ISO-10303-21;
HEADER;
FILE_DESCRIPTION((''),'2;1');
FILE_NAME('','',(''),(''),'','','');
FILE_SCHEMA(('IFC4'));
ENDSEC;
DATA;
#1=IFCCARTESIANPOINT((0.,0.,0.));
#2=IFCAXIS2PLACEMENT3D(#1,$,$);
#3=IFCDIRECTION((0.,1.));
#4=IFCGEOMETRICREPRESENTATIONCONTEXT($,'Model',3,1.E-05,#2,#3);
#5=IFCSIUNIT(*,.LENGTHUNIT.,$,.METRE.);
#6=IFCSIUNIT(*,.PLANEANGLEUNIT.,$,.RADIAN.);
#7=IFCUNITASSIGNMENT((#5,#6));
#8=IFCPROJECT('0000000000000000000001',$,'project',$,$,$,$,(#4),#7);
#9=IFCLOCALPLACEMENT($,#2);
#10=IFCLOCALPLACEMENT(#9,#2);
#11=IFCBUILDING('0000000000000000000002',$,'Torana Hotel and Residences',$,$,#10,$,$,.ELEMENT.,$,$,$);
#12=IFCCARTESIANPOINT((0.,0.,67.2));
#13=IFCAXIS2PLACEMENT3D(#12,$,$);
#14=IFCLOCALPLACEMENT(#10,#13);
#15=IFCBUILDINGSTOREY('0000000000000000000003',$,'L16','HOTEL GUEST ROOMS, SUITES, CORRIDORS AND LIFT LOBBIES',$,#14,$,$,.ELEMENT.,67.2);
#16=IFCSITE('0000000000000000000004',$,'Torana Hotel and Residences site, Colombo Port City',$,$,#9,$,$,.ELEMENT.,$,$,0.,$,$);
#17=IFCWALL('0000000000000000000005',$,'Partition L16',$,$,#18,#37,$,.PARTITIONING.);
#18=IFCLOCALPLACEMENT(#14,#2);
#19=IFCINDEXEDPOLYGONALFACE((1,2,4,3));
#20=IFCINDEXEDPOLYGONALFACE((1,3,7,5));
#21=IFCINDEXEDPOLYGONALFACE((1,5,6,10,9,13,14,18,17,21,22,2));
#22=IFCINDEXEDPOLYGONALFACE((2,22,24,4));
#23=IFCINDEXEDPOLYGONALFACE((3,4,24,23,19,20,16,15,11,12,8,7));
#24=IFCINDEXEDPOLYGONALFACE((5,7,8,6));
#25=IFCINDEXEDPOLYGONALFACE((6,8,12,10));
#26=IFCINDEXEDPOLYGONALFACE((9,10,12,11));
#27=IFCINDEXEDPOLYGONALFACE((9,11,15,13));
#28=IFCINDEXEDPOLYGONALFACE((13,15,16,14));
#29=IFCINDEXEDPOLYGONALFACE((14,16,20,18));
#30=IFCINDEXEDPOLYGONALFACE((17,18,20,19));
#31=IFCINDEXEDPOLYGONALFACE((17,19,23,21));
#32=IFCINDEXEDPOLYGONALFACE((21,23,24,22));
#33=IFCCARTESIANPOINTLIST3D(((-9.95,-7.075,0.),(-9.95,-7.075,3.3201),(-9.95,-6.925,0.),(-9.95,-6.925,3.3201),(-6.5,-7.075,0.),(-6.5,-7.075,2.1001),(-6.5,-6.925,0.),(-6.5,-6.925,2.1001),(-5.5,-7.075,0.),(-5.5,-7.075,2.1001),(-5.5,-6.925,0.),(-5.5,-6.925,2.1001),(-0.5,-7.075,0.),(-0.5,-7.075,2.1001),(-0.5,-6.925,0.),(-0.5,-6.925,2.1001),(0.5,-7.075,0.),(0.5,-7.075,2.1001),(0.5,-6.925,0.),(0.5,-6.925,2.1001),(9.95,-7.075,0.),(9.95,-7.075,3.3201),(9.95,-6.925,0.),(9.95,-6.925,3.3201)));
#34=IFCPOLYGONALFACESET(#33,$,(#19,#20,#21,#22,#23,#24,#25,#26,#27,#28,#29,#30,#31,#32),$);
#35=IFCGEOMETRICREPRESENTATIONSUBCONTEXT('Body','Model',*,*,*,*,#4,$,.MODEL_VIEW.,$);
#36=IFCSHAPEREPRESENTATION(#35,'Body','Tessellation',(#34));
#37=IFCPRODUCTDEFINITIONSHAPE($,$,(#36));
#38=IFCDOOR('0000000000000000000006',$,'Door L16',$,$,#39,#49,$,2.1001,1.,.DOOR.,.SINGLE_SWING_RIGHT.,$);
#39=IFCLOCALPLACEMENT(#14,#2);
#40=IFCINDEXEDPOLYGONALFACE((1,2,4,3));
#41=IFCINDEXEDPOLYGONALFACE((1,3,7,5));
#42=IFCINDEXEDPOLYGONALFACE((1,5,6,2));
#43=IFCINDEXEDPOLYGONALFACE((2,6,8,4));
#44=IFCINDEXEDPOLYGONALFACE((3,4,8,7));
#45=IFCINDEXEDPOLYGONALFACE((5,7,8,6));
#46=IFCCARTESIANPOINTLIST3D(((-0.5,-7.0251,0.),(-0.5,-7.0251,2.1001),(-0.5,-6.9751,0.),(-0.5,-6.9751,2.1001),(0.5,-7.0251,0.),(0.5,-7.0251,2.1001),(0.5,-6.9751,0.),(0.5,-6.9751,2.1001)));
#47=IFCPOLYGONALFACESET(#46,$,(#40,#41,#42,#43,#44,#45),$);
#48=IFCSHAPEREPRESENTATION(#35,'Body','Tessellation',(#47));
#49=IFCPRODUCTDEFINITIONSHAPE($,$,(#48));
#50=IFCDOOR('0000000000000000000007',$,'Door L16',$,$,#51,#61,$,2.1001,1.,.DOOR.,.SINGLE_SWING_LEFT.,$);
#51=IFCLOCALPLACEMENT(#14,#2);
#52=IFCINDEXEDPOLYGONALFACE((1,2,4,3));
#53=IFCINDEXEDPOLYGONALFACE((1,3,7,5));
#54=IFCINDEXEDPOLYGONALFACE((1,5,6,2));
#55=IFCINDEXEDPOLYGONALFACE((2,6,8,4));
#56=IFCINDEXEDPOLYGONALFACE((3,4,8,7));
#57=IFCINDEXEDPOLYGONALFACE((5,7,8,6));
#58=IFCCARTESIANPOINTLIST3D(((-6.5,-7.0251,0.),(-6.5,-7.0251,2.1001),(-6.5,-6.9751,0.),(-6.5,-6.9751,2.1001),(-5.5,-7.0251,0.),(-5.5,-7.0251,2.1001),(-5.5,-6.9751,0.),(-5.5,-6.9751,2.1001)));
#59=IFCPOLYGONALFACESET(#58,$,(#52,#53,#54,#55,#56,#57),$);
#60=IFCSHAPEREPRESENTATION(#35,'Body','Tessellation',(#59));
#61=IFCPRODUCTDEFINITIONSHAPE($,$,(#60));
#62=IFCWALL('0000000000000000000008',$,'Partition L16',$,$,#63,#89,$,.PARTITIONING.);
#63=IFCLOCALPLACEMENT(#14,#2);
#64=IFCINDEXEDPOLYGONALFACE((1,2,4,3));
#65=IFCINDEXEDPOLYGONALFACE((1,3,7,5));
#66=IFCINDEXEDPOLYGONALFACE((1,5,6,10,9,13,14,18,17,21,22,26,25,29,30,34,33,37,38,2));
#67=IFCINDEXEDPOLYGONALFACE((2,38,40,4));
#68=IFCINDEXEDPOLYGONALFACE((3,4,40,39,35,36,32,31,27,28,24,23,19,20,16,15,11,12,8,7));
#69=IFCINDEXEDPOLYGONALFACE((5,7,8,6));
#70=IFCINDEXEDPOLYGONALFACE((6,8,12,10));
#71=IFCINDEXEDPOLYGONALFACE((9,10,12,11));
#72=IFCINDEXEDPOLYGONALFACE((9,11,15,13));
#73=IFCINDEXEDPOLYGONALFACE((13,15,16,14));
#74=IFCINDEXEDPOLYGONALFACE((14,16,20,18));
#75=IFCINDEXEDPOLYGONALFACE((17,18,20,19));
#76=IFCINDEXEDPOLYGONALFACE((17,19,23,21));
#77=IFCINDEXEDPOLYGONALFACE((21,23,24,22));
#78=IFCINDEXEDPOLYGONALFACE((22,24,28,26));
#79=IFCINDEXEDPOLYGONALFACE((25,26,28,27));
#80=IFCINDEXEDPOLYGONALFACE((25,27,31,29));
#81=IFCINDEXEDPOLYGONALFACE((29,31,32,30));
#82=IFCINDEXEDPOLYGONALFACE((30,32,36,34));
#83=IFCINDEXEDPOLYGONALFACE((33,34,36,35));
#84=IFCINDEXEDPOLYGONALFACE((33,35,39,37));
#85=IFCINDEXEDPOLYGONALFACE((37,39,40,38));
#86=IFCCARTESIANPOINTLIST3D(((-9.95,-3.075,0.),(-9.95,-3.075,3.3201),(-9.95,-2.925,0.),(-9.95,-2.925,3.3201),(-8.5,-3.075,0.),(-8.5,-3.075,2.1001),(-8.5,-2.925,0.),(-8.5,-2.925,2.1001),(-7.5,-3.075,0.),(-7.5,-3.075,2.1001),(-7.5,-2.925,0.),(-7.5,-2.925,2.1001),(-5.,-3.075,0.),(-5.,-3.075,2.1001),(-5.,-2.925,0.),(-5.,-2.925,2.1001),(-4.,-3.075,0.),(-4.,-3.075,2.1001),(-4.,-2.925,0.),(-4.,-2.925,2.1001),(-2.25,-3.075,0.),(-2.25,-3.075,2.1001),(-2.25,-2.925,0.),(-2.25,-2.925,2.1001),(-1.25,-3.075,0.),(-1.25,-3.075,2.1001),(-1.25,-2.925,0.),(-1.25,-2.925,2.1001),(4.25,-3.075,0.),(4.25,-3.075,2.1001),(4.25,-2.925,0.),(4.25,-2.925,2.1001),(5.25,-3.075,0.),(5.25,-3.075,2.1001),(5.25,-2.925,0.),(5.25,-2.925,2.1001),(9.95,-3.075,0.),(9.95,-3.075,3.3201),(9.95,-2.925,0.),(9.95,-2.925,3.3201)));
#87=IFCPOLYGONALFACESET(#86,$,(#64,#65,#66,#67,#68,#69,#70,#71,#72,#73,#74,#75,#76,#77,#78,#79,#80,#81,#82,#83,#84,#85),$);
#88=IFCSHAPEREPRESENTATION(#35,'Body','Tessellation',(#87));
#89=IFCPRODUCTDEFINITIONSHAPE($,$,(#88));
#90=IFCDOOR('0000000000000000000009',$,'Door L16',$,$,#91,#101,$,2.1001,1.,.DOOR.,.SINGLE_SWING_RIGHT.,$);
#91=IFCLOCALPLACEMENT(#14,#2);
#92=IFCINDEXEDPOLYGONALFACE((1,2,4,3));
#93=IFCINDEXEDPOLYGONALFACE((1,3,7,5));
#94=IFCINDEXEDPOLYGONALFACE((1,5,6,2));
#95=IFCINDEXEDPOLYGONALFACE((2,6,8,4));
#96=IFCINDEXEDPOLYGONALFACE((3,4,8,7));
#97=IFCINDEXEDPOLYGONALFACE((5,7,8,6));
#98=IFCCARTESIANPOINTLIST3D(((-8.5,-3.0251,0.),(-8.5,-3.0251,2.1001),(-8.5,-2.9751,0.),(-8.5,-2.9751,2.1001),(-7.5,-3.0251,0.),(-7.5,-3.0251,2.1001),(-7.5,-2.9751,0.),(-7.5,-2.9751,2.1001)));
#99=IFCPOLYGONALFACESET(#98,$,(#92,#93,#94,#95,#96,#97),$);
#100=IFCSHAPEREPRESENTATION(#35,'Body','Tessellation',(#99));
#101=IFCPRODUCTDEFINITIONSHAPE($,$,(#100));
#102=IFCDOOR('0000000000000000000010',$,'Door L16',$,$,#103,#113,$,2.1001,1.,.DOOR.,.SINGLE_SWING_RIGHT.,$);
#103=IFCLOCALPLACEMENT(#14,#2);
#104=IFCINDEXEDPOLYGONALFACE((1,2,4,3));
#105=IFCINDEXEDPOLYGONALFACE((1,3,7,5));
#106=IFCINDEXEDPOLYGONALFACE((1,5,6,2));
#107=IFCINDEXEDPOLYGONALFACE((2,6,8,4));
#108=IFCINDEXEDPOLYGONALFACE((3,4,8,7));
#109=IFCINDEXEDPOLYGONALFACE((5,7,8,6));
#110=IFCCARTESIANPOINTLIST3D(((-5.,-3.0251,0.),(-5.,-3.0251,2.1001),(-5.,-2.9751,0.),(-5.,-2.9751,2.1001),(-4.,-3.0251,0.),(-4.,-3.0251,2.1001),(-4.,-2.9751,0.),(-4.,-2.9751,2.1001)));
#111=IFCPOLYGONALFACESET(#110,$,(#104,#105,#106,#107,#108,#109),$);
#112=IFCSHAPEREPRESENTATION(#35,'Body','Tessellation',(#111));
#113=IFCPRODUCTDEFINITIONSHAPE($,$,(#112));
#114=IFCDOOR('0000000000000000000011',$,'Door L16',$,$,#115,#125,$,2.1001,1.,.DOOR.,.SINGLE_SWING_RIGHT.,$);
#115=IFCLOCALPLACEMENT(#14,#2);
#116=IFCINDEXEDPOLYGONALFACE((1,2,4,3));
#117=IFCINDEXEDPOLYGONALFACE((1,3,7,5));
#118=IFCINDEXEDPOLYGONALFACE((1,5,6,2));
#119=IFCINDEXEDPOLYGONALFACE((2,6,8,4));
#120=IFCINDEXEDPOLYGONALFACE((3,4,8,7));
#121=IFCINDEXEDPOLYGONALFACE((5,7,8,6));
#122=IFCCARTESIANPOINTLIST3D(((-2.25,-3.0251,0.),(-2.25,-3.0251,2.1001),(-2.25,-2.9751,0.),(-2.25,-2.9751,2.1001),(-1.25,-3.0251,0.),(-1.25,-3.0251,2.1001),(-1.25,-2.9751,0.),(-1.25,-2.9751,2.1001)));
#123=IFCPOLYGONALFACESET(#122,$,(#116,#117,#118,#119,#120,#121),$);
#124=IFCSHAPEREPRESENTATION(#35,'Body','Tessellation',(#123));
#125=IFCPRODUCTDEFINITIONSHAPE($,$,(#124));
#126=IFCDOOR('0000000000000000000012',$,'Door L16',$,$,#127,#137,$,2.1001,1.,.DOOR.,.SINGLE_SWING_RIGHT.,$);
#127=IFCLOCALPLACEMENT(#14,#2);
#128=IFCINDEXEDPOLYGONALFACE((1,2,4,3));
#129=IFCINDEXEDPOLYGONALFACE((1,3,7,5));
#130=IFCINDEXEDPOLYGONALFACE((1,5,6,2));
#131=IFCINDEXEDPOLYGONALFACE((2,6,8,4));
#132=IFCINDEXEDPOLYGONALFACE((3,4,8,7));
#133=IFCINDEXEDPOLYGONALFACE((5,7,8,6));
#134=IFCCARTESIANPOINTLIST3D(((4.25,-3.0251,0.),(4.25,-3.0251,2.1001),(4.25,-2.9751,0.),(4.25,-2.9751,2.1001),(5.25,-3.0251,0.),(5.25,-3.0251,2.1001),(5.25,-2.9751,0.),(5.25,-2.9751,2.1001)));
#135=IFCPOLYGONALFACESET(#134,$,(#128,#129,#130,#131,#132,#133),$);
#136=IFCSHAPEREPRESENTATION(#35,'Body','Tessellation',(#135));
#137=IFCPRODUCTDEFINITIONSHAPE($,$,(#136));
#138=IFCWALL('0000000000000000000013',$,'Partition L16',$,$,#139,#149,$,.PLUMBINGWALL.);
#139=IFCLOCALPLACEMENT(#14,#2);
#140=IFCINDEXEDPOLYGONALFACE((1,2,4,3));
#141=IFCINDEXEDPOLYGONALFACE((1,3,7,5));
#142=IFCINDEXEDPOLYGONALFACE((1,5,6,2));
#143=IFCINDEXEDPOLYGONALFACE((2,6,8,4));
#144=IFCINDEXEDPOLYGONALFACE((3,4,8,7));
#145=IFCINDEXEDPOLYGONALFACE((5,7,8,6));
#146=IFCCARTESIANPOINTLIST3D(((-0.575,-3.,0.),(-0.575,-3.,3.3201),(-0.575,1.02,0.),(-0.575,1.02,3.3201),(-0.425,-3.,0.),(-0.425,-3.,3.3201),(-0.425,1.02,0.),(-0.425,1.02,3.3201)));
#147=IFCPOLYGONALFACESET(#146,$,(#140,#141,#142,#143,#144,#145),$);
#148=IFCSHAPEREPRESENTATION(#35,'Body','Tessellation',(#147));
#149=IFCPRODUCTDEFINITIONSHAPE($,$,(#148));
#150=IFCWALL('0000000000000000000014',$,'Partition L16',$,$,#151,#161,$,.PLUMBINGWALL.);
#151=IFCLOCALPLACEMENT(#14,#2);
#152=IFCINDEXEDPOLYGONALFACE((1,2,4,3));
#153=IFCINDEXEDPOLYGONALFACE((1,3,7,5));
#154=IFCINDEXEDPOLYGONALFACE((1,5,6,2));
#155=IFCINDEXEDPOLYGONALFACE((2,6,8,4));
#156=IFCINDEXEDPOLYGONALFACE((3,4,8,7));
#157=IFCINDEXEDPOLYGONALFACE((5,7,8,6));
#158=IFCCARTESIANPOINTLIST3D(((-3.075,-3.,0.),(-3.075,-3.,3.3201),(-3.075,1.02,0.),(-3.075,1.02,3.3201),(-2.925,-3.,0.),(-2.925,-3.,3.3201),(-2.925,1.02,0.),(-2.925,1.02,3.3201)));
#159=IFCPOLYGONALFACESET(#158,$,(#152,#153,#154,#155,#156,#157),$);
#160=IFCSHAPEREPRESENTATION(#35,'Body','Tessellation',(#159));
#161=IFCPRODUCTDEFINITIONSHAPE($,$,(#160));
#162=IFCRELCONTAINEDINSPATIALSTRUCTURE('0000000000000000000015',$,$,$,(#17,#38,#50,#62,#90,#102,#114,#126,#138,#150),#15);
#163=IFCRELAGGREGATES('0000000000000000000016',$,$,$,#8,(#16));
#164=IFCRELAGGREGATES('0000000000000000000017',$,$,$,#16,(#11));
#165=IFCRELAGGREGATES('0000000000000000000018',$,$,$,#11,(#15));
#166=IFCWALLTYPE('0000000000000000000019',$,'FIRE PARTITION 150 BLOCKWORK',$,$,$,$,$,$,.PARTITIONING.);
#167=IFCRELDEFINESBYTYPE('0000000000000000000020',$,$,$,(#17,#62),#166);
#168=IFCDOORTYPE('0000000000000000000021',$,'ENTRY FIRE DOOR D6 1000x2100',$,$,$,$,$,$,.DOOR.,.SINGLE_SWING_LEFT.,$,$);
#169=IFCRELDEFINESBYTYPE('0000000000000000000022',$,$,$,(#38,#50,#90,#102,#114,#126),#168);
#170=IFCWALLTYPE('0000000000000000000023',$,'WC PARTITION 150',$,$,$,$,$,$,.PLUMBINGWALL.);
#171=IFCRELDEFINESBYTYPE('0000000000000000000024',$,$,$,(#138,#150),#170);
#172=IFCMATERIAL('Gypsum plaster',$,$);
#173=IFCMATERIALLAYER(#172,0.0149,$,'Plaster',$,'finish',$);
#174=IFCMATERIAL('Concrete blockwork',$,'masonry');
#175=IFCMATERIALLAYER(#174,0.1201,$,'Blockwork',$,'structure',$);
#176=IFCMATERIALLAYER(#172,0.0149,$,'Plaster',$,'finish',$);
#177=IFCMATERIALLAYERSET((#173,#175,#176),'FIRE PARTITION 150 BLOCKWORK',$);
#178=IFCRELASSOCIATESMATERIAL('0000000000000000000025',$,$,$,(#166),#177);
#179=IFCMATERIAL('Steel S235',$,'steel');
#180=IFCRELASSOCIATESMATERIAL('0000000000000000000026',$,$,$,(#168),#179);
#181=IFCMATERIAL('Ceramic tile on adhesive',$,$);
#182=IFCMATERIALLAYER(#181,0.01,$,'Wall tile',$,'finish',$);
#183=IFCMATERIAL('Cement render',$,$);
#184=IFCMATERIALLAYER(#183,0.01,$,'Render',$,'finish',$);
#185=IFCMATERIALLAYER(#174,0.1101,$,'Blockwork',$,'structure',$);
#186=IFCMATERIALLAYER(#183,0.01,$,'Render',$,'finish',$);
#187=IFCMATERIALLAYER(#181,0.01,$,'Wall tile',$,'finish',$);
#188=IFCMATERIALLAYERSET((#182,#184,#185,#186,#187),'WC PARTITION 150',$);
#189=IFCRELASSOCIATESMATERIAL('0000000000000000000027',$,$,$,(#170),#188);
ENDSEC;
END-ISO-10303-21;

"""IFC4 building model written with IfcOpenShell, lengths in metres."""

from ifc_helpers import new_model, si_unit, direction, frame, frame_2d, origin, place, context, subcontext, project, spatial, rectangle, extrude, material, layer, layer_set, type_object, element, fill, save


model = new_model("IFC4")

# Units and contexts
model_context = context("Model", 3, precision=1e-05, world=origin(), true_north=direction((0.0, 1.0)))
body_context = subcontext(model_context, "Body", "Model", "MODEL_VIEW")
ifc_project = project(units=[si_unit("LENGTHUNIT", "METRE"), si_unit("PLANEANGLEUNIT", "RADIAN")], contexts=[model_context])

# Site, building, storey
site_placement = place(None, origin())
site = spatial("IfcSite", under=ifc_project, at=site_placement, Name="Torana Hotel and Residences site, Colombo Port City", CompositionType="ELEMENT", RefElevation=0.0)
building_placement = place(site_placement, origin())
building = spatial("IfcBuilding", under=site, at=building_placement, Name="Torana Hotel and Residences", CompositionType="ELEMENT")
storey_placement = place(building_placement, frame((0.0, 0.0, 67.2)))
storey = spatial("IfcBuildingStorey", under=building, at=storey_placement, Name="L16", Description="HOTEL GUEST ROOMS, SUITES, CORRIDORS AND LIFT LOBBIES", CompositionType="ELEMENT", Elevation=67.2)

# Shared definitions
ifc_material_1 = material(Name="Gypsum plaster")
ifc_layer_1 = layer(ifc_material_1, 0.0149, Name="Plaster", Category="finish")
ifc_material_2 = material(Name="Concrete blockwork", Category="masonry")
ifc_layer_2 = layer(ifc_material_2, 0.1201, Name="Blockwork", Category="structure")
ifc_layer_3 = layer(ifc_material_1, 0.0149, Name="Plaster", Category="finish")
ifc_layer_set_1 = layer_set([ifc_layer_1, ifc_layer_2, ifc_layer_3], Name="FIRE PARTITION 150 BLOCKWORK")
wall_type_1 = type_object("IfcWallType", Name="FIRE PARTITION 150 BLOCKWORK", PredefinedType="PARTITIONING", material=ifc_layer_set_1)

# Walls, openings, doors
wall_1_placement = place(storey_placement, frame((-9.95, -7.0, 0.0), z_axis=(0.0, 0.0, 1.0), x_axis=(1.0, 0.0, 0.0)))
wall_1 = element("IfcWall", 1, at=wall_1_placement, inside=storey, type_object=wall_type_1, Name="Partition L16", PredefinedType="PARTITIONING", context=body_context, shape_type="SweptSolid", body=[
    extrude(rectangle(XDim=19.8999, YDim=0.1499, at=frame_2d((9.95, 0.0))), origin(), (0.0, 0.0, 1.0), 3.3201),
])
opening_1_placement = place(wall_1_placement, frame((9.45, 0.0, 0.0)))
opening_1 = element("IfcOpeningElement", 2, at=opening_1_placement, cuts=wall_1, PredefinedType="OPENING", context=body_context, shape_type="SweptSolid", body=[
    extrude(rectangle(XDim=1.0, YDim=2.1001, at=frame_2d((0.5, 1.05))), frame((0.0, 0.085, 0.0), z_axis=(0.0, -1.0, 0.0), x_axis=(1.0, 0.0, 0.0)), (0.0, 0.0, 1.0), 0.1699),
])
opening_2_placement = place(wall_1_placement, frame((3.45, 0.0, 0.0)))
opening_2 = element("IfcOpeningElement", 3, at=opening_2_placement, cuts=wall_1, PredefinedType="OPENING", context=body_context, shape_type="SweptSolid", body=[
    extrude(rectangle(XDim=1.0, YDim=2.1001, at=frame_2d((0.5, 1.05))), frame((0.0, 0.085, 0.0), z_axis=(0.0, -1.0, 0.0), x_axis=(1.0, 0.0, 0.0)), (0.0, 0.0, 1.0), 0.1699),
])
ifc_material_3 = material(Name="Steel S235", Category="steel")
door_type = type_object("IfcDoorType", Name="ENTRY FIRE DOOR D6 1000x2100", OperationType="SINGLE_SWING_LEFT", PredefinedType="DOOR", material=ifc_material_3)
door_1_placement = place(opening_1_placement, origin())
door_1 = element("IfcDoor", 4, at=door_1_placement, inside=storey, type_object=door_type, Name="Door L16", OperationType="SINGLE_SWING_RIGHT", OverallHeight=2.1001, OverallWidth=1.0, PredefinedType="DOOR", context=body_context, shape_type="SweptSolid", body=[
    extrude(rectangle(XDim=1.0, YDim=2.1001, at=frame_2d((0.5, 1.05))), frame((0.0, 0.0249, 0.0), z_axis=(0.0, -1.0, 0.0), x_axis=(1.0, 0.0, 0.0)), (0.0, 0.0, 1.0), 0.05),
])
fill(opening_1, door_1)
door_2_placement = place(opening_2_placement, frame((0.5, 0.0, 0.0), z_axis=(0.0, 0.0, 1.0), x_axis=(-1.0, 0.0, 0.0)))
door_2 = element("IfcDoor", 5, at=door_2_placement, inside=storey, type_object=door_type, Name="Door L16", OperationType="SINGLE_SWING_LEFT", OverallHeight=2.1001, OverallWidth=1.0, PredefinedType="DOOR", context=body_context, shape_type="SweptSolid", body=[
    extrude(rectangle(XDim=1.0, YDim=2.1001, at=frame_2d((0.0, 1.05))), frame((0.0, -0.0249, 0.0), z_axis=(0.0, 1.0, 0.0), x_axis=(-1.0, 0.0, 0.0)), (0.0, 0.0, 1.0), 0.05),
])
fill(opening_2, door_2)
wall_2_placement = place(storey_placement, frame((-9.95, -3.0, 0.0), z_axis=(0.0, 0.0, 1.0), x_axis=(1.0, 0.0, 0.0)))
wall_2 = element("IfcWall", 6, at=wall_2_placement, inside=storey, type_object=wall_type_1, Name="Partition L16", PredefinedType="PARTITIONING", context=body_context, shape_type="SweptSolid", body=[
    extrude(rectangle(XDim=19.8999, YDim=0.1499, at=frame_2d((9.95, 0.0))), origin(), (0.0, 0.0, 1.0), 3.3201),
])
opening_3_placement = place(wall_2_placement, frame((1.45, 0.0, 0.0)))
opening_3 = element("IfcOpeningElement", 7, at=opening_3_placement, cuts=wall_2, PredefinedType="OPENING", context=body_context, shape_type="SweptSolid", body=[
    extrude(rectangle(XDim=1.0, YDim=2.1001, at=frame_2d((0.5, 1.05))), frame((0.0, 0.085, 0.0), z_axis=(0.0, -1.0, 0.0), x_axis=(1.0, 0.0, 0.0)), (0.0, 0.0, 1.0), 0.1699),
])
opening_4_placement = place(wall_2_placement, frame((4.95, 0.0, 0.0)))
opening_4 = element("IfcOpeningElement", 8, at=opening_4_placement, cuts=wall_2, PredefinedType="OPENING", context=body_context, shape_type="SweptSolid", body=[
    extrude(rectangle(XDim=1.0, YDim=2.1001, at=frame_2d((0.5, 1.05))), frame((0.0, 0.085, 0.0), z_axis=(0.0, -1.0, 0.0), x_axis=(1.0, 0.0, 0.0)), (0.0, 0.0, 1.0), 0.1699),
])
opening_5_placement = place(wall_2_placement, frame((7.7, 0.0, 0.0)))
opening_5 = element("IfcOpeningElement", 9, at=opening_5_placement, cuts=wall_2, PredefinedType="OPENING", context=body_context, shape_type="SweptSolid", body=[
    extrude(rectangle(XDim=1.0, YDim=2.1001, at=frame_2d((0.5, 1.05))), frame((0.0, 0.085, 0.0), z_axis=(0.0, -1.0, 0.0), x_axis=(1.0, 0.0, 0.0)), (0.0, 0.0, 1.0), 0.1699),
])
opening_6_placement = place(wall_2_placement, frame((14.2, 0.0, 0.0)))
opening_6 = element("IfcOpeningElement", 10, at=opening_6_placement, cuts=wall_2, PredefinedType="OPENING", context=body_context, shape_type="SweptSolid", body=[
    extrude(rectangle(XDim=1.0, YDim=2.1001, at=frame_2d((0.5, 1.05))), frame((0.0, 0.085, 0.0), z_axis=(0.0, -1.0, 0.0), x_axis=(1.0, 0.0, 0.0)), (0.0, 0.0, 1.0), 0.1699),
])
door_3_placement = place(opening_3_placement, origin())
door_3 = element("IfcDoor", 11, at=door_3_placement, inside=storey, type_object=door_type, Name="Door L16", OperationType="SINGLE_SWING_RIGHT", OverallHeight=2.1001, OverallWidth=1.0, PredefinedType="DOOR", context=body_context, shape_type="SweptSolid", body=[
    extrude(rectangle(XDim=1.0, YDim=2.1001, at=frame_2d((0.5, 1.05))), frame((0.0, 0.0249, 0.0), z_axis=(0.0, -1.0, 0.0), x_axis=(1.0, 0.0, 0.0)), (0.0, 0.0, 1.0), 0.05),
])
fill(opening_3, door_3)
door_4_placement = place(opening_4_placement, origin())
door_4 = element("IfcDoor", 12, at=door_4_placement, inside=storey, type_object=door_type, Name="Door L16", OperationType="SINGLE_SWING_RIGHT", OverallHeight=2.1001, OverallWidth=1.0, PredefinedType="DOOR", context=body_context, shape_type="SweptSolid", body=[
    extrude(rectangle(XDim=1.0, YDim=2.1001, at=frame_2d((0.5, 1.05))), frame((0.0, 0.0249, 0.0), z_axis=(0.0, -1.0, 0.0), x_axis=(1.0, 0.0, 0.0)), (0.0, 0.0, 1.0), 0.05),
])
fill(opening_4, door_4)
door_5_placement = place(opening_5_placement, origin())
door_5 = element("IfcDoor", 13, at=door_5_placement, inside=storey, type_object=door_type, Name="Door L16", OperationType="SINGLE_SWING_RIGHT", OverallHeight=2.1001, OverallWidth=1.0, PredefinedType="DOOR", context=body_context, shape_type="SweptSolid", body=[
    extrude(rectangle(XDim=1.0, YDim=2.1001, at=frame_2d((0.5, 1.05))), frame((0.0, 0.0249, 0.0), z_axis=(0.0, -1.0, 0.0), x_axis=(1.0, 0.0, 0.0)), (0.0, 0.0, 1.0), 0.05),
])
fill(opening_5, door_5)
door_6_placement = place(opening_6_placement, origin())
door_6 = element("IfcDoor", 14, at=door_6_placement, inside=storey, type_object=door_type, Name="Door L16", OperationType="SINGLE_SWING_RIGHT", OverallHeight=2.1001, OverallWidth=1.0, PredefinedType="DOOR", context=body_context, shape_type="SweptSolid", body=[
    extrude(rectangle(XDim=1.0, YDim=2.1001, at=frame_2d((0.5, 1.05))), frame((0.0, 0.0249, 0.0), z_axis=(0.0, -1.0, 0.0), x_axis=(1.0, 0.0, 0.0)), (0.0, 0.0, 1.0), 0.05),
])
fill(opening_6, door_6)

# Walls
ifc_material_4 = material(Name="Ceramic tile on adhesive")
ifc_layer_4 = layer(ifc_material_4, 0.01, Name="Wall tile", Category="finish")
ifc_material_5 = material(Name="Cement render")
ifc_layer_5 = layer(ifc_material_5, 0.01, Name="Render", Category="finish")
ifc_layer_6 = layer(ifc_material_2, 0.1101, Name="Blockwork", Category="structure")
ifc_layer_7 = layer(ifc_material_5, 0.01, Name="Render", Category="finish")
ifc_layer_8 = layer(ifc_material_4, 0.01, Name="Wall tile", Category="finish")
ifc_layer_set_2 = layer_set([ifc_layer_4, ifc_layer_5, ifc_layer_6, ifc_layer_7, ifc_layer_8], Name="WC PARTITION 150")
wall_type_2 = type_object("IfcWallType", Name="WC PARTITION 150", PredefinedType="PLUMBINGWALL", material=ifc_layer_set_2)
for number, where, z_axis, x_axis, name in (
    (15, (-0.5, -3.0, 0.0), (0.0, 0.0, 1.0), (0.0, 1.0, 0.0), "Partition L16"),
    (16, (-3.0, -3.0, 0.0), (0.0, 0.0, 1.0), (0.0, 1.0, 0.0), "Partition L16"),
):
    element("IfcWall", number, at=place(storey_placement, frame(where, z_axis=z_axis, x_axis=x_axis)), inside=storey, type_object=wall_type_2, Name=name, PredefinedType="PLUMBINGWALL", context=body_context, shape_type="SweptSolid", body=[
        extrude(rectangle(XDim=4.02, YDim=0.1499, at=frame_2d((2.01, 0.0))), origin(), (0.0, 0.0, 1.0), 3.3201),
    ])

save(model, "model.ifc")
